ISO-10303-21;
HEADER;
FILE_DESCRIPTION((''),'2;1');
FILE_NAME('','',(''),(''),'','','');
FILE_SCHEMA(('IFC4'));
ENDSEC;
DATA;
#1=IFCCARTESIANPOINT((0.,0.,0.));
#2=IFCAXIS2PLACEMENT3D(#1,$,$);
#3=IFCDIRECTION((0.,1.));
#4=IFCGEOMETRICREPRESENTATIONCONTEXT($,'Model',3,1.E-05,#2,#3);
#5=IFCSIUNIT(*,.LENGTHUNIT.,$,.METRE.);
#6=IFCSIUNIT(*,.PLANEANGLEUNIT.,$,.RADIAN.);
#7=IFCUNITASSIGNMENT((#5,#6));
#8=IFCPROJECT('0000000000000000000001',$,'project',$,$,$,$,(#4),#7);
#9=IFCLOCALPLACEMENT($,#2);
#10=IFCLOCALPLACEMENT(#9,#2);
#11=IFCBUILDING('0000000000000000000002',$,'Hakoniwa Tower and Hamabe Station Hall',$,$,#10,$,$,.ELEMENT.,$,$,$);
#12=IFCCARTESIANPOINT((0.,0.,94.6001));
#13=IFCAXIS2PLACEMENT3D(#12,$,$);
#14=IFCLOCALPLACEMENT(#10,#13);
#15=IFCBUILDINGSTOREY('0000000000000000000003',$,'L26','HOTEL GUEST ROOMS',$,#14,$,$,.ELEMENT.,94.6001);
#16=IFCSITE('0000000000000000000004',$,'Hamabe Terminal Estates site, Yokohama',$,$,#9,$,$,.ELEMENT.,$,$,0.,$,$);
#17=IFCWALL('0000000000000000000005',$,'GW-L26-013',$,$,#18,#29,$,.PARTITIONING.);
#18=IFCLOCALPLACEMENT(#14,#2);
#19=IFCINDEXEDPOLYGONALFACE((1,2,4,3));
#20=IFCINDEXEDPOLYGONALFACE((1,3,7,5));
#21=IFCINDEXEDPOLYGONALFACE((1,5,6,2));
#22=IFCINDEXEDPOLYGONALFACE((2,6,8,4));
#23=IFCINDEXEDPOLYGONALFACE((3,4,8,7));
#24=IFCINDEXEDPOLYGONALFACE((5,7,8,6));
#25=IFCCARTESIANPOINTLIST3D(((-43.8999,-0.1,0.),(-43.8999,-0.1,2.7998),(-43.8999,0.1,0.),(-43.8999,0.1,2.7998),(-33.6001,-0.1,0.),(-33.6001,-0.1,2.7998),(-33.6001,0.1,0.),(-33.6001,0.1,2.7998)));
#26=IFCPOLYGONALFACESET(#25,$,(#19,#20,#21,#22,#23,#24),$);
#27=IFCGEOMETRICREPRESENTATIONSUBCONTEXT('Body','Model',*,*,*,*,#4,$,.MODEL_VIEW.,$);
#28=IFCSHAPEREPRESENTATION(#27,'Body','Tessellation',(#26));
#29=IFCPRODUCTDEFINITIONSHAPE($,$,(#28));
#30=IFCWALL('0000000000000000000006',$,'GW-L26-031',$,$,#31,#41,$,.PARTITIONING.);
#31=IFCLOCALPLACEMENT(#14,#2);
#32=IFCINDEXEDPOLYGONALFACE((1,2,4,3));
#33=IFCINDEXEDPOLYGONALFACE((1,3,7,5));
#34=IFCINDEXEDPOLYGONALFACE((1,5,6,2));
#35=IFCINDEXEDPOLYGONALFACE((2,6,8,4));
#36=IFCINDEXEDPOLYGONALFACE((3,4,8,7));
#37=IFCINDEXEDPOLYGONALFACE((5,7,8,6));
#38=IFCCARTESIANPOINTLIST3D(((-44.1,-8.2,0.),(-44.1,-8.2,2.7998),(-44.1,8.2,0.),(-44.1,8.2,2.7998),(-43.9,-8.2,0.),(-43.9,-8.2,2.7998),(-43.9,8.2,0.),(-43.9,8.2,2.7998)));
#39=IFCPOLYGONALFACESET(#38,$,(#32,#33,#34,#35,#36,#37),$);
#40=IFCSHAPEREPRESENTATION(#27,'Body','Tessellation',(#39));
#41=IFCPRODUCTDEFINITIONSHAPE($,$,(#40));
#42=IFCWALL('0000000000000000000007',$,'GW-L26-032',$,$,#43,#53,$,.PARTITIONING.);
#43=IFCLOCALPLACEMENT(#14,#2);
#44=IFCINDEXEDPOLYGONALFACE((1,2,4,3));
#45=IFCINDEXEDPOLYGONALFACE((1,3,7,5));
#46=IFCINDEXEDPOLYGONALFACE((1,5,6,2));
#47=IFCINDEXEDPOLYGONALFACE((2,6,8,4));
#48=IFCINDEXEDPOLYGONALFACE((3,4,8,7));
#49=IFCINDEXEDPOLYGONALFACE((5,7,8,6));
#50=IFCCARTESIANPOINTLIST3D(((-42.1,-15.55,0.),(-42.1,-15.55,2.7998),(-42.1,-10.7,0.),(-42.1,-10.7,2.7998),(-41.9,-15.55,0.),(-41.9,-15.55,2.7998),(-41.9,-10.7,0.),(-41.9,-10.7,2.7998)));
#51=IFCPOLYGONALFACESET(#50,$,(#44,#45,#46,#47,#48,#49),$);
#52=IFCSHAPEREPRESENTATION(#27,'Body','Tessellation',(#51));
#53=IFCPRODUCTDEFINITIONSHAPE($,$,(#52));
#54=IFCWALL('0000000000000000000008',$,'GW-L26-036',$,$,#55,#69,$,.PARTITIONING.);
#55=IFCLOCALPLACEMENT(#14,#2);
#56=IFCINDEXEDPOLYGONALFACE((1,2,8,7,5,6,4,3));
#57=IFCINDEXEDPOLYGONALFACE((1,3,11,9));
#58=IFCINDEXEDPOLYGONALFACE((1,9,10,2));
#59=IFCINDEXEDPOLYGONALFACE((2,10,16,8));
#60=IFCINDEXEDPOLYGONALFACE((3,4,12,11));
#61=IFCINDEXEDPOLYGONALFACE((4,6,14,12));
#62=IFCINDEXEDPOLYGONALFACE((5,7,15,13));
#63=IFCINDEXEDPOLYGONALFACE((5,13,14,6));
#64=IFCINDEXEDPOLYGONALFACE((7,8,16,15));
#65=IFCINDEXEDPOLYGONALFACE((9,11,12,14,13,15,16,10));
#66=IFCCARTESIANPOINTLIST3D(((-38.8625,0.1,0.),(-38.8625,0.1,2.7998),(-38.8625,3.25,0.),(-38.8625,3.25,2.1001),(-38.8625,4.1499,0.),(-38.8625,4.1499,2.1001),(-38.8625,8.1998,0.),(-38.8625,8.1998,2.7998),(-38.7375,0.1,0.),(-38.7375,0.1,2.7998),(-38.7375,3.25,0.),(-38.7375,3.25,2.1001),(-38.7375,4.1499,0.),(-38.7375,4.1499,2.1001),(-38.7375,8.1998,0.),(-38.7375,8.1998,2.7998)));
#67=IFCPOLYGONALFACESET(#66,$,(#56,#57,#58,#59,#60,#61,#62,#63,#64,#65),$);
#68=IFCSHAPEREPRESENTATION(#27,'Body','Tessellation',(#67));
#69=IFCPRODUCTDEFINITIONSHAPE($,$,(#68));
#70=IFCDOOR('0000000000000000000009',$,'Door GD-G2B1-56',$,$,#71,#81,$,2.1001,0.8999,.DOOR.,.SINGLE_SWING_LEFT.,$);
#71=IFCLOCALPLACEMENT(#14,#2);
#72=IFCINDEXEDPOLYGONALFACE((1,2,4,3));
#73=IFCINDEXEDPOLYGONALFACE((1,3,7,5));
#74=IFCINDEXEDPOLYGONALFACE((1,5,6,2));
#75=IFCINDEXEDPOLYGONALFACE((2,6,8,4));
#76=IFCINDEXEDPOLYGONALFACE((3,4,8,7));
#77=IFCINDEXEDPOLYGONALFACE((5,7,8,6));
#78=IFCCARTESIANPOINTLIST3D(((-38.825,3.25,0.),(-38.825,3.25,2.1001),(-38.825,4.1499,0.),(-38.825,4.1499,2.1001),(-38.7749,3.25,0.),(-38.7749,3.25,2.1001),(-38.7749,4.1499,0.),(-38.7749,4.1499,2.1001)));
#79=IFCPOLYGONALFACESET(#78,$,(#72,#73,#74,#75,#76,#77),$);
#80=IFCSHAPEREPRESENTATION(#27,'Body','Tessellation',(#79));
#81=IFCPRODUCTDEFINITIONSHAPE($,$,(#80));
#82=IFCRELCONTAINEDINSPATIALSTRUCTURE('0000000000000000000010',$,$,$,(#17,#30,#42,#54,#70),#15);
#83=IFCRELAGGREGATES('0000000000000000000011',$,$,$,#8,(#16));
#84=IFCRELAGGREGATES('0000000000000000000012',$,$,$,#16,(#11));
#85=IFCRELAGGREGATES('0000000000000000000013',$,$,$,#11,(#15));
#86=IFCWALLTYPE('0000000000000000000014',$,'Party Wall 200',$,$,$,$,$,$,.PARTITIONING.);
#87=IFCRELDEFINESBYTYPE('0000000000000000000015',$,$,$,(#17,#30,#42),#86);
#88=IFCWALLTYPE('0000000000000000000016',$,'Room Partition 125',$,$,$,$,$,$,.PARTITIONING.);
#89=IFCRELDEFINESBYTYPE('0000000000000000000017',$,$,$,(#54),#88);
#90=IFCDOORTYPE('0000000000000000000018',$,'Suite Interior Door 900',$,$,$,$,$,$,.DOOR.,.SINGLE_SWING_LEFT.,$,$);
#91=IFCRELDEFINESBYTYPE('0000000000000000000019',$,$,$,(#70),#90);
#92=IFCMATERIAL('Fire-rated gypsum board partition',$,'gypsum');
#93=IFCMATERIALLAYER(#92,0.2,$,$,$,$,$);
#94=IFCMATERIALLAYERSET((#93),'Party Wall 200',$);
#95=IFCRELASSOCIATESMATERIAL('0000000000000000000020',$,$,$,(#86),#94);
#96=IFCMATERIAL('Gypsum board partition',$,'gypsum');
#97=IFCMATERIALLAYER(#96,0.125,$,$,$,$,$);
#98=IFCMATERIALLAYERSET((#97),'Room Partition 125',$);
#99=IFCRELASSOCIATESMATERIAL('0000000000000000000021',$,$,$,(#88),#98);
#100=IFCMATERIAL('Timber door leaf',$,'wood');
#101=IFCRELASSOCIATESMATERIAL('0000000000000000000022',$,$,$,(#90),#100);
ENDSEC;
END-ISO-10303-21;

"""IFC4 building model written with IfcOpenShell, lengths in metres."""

from ifc_helpers import new_model, si_unit, direction, frame, frame_2d, origin, place, context, subcontext, project, spatial, rectangle, extrude, material, layer, layer_set, type_object, element, fill, save


model = new_model("IFC4")

# Units and contexts
model_context = context("Model", 3, precision=1e-05, world=origin(), true_north=direction((0.0, 1.0)))
body_context = subcontext(model_context, "Body", "Model", "MODEL_VIEW")
ifc_project = project(units=[si_unit("LENGTHUNIT", "METRE"), si_unit("PLANEANGLEUNIT", "RADIAN")], contexts=[model_context])

# Site, building, storey
site_placement = place(None, origin())
site = spatial("IfcSite", under=ifc_project, at=site_placement, Name="Hamabe Terminal Estates site, Yokohama", CompositionType="ELEMENT", RefElevation=0.0)
building_placement = place(site_placement, origin())
building = spatial("IfcBuilding", under=site, at=building_placement, Name="Hakoniwa Tower and Hamabe Station Hall", CompositionType="ELEMENT")
storey_placement = place(building_placement, frame((0.0, 0.0, 94.6001)))
storey = spatial("IfcBuildingStorey", under=building, at=storey_placement, Name="L26", Description="HOTEL GUEST ROOMS", CompositionType="ELEMENT", Elevation=94.6001)

# Walls
ifc_material_1 = material(Name="Fire-rated gypsum board partition", Category="gypsum")
ifc_layer_1 = layer(ifc_material_1, 0.2)
ifc_layer_set_1 = layer_set([ifc_layer_1], Name="Party Wall 200")
wall_type_1 = type_object("IfcWallType", Name="Party Wall 200", PredefinedType="PARTITIONING", material=ifc_layer_set_1)
wall_1_placement = place(storey_placement, frame((-43.8999, 0.0, 0.0), z_axis=(0.0, 0.0, 1.0), x_axis=(1.0, 0.0, 0.0)))
element("IfcWall", 1, at=wall_1_placement, inside=storey, type_object=wall_type_1, Name="GW-L26-013", PredefinedType="PARTITIONING", context=body_context, shape_type="SweptSolid", body=[
    extrude(rectangle(XDim=10.2998, YDim=0.2, at=frame_2d((5.1499, 0.0))), origin(), (0.0, 0.0, 1.0), 2.7998),
])
wall_2_placement = place(storey_placement, frame((-44.0, -8.2, 0.0), z_axis=(0.0, 0.0, 1.0), x_axis=(0.0, 1.0, 0.0)))
element("IfcWall", 2, at=wall_2_placement, inside=storey, type_object=wall_type_1, Name="GW-L26-031", PredefinedType="PARTITIONING", context=body_context, shape_type="SweptSolid", body=[
    extrude(rectangle(XDim=16.3999, YDim=0.2, at=frame_2d((8.2, 0.0))), origin(), (0.0, 0.0, 1.0), 2.7998),
])
wall_3_placement = place(storey_placement, frame((-42.0, -15.55, 0.0), z_axis=(0.0, 0.0, 1.0), x_axis=(0.0, 1.0, 0.0)))
element("IfcWall", 3, at=wall_3_placement, inside=storey, type_object=wall_type_1, Name="GW-L26-032", PredefinedType="PARTITIONING", context=body_context, shape_type="SweptSolid", body=[
    extrude(rectangle(XDim=4.8501, YDim=0.2, at=frame_2d((2.425, 0.0))), origin(), (0.0, 0.0, 1.0), 2.7998),
])

# Wall, opening, door
ifc_material_2 = material(Name="Gypsum board partition", Category="gypsum")
ifc_layer_2 = layer(ifc_material_2, 0.125)
ifc_layer_set_2 = layer_set([ifc_layer_2], Name="Room Partition 125")
wall_type_2 = type_object("IfcWallType", Name="Room Partition 125", PredefinedType="PARTITIONING", material=ifc_layer_set_2)
wall_4_placement = place(storey_placement, frame((-38.8, 0.1001, 0.0), z_axis=(0.0, 0.0, 1.0), x_axis=(0.0, 1.0, 0.0)))
wall_4 = element("IfcWall", 4, at=wall_4_placement, inside=storey, type_object=wall_type_2, Name="GW-L26-036", PredefinedType="PARTITIONING", context=body_context, shape_type="SweptSolid", body=[
    extrude(rectangle(XDim=8.0999, YDim=0.125, at=frame_2d((4.0498, 0.0))), origin(), (0.0, 0.0, 1.0), 2.7998),
])
opening_1_placement = place(wall_4_placement, frame((3.1499, 0.0, 0.0)))
opening_1 = element("IfcOpeningElement", 5, at=opening_1_placement, cuts=wall_4, PredefinedType="OPENING", context=body_context, shape_type="SweptSolid", body=[
    extrude(rectangle(XDim=0.8999, YDim=2.1001, at=frame_2d((0.45, 1.05))), frame((0.0, 0.0725, 0.0), z_axis=(0.0, -1.0, 0.0), x_axis=(1.0, 0.0, 0.0)), (0.0, 0.0, 1.0), 0.145),
])
ifc_material_3 = material(Name="Timber door leaf", Category="wood")
door_type_1 = type_object("IfcDoorType", Name="Suite Interior Door 900", OperationType="SINGLE_SWING_LEFT", PredefinedType="DOOR", material=ifc_material_3)
door_1_placement = place(opening_1_placement, origin())
door_1 = element("IfcDoor", 6, at=door_1_placement, inside=storey, type_object=door_type_1, Name="Door GD-G2B1-56", OperationType="SINGLE_SWING_LEFT", OverallHeight=2.1001, OverallWidth=0.8999, PredefinedType="DOOR", context=body_context, shape_type="SweptSolid", body=[
    extrude(rectangle(XDim=0.8999, YDim=2.1001, at=frame_2d((0.45, 1.05))), frame((0.0, 0.0249, 0.0), z_axis=(0.0, -1.0, 0.0), x_axis=(1.0, 0.0, 0.0)), (0.0, 0.0, 1.0), 0.05),
])
fill(opening_1, door_1)

save(model, "model.ifc")
